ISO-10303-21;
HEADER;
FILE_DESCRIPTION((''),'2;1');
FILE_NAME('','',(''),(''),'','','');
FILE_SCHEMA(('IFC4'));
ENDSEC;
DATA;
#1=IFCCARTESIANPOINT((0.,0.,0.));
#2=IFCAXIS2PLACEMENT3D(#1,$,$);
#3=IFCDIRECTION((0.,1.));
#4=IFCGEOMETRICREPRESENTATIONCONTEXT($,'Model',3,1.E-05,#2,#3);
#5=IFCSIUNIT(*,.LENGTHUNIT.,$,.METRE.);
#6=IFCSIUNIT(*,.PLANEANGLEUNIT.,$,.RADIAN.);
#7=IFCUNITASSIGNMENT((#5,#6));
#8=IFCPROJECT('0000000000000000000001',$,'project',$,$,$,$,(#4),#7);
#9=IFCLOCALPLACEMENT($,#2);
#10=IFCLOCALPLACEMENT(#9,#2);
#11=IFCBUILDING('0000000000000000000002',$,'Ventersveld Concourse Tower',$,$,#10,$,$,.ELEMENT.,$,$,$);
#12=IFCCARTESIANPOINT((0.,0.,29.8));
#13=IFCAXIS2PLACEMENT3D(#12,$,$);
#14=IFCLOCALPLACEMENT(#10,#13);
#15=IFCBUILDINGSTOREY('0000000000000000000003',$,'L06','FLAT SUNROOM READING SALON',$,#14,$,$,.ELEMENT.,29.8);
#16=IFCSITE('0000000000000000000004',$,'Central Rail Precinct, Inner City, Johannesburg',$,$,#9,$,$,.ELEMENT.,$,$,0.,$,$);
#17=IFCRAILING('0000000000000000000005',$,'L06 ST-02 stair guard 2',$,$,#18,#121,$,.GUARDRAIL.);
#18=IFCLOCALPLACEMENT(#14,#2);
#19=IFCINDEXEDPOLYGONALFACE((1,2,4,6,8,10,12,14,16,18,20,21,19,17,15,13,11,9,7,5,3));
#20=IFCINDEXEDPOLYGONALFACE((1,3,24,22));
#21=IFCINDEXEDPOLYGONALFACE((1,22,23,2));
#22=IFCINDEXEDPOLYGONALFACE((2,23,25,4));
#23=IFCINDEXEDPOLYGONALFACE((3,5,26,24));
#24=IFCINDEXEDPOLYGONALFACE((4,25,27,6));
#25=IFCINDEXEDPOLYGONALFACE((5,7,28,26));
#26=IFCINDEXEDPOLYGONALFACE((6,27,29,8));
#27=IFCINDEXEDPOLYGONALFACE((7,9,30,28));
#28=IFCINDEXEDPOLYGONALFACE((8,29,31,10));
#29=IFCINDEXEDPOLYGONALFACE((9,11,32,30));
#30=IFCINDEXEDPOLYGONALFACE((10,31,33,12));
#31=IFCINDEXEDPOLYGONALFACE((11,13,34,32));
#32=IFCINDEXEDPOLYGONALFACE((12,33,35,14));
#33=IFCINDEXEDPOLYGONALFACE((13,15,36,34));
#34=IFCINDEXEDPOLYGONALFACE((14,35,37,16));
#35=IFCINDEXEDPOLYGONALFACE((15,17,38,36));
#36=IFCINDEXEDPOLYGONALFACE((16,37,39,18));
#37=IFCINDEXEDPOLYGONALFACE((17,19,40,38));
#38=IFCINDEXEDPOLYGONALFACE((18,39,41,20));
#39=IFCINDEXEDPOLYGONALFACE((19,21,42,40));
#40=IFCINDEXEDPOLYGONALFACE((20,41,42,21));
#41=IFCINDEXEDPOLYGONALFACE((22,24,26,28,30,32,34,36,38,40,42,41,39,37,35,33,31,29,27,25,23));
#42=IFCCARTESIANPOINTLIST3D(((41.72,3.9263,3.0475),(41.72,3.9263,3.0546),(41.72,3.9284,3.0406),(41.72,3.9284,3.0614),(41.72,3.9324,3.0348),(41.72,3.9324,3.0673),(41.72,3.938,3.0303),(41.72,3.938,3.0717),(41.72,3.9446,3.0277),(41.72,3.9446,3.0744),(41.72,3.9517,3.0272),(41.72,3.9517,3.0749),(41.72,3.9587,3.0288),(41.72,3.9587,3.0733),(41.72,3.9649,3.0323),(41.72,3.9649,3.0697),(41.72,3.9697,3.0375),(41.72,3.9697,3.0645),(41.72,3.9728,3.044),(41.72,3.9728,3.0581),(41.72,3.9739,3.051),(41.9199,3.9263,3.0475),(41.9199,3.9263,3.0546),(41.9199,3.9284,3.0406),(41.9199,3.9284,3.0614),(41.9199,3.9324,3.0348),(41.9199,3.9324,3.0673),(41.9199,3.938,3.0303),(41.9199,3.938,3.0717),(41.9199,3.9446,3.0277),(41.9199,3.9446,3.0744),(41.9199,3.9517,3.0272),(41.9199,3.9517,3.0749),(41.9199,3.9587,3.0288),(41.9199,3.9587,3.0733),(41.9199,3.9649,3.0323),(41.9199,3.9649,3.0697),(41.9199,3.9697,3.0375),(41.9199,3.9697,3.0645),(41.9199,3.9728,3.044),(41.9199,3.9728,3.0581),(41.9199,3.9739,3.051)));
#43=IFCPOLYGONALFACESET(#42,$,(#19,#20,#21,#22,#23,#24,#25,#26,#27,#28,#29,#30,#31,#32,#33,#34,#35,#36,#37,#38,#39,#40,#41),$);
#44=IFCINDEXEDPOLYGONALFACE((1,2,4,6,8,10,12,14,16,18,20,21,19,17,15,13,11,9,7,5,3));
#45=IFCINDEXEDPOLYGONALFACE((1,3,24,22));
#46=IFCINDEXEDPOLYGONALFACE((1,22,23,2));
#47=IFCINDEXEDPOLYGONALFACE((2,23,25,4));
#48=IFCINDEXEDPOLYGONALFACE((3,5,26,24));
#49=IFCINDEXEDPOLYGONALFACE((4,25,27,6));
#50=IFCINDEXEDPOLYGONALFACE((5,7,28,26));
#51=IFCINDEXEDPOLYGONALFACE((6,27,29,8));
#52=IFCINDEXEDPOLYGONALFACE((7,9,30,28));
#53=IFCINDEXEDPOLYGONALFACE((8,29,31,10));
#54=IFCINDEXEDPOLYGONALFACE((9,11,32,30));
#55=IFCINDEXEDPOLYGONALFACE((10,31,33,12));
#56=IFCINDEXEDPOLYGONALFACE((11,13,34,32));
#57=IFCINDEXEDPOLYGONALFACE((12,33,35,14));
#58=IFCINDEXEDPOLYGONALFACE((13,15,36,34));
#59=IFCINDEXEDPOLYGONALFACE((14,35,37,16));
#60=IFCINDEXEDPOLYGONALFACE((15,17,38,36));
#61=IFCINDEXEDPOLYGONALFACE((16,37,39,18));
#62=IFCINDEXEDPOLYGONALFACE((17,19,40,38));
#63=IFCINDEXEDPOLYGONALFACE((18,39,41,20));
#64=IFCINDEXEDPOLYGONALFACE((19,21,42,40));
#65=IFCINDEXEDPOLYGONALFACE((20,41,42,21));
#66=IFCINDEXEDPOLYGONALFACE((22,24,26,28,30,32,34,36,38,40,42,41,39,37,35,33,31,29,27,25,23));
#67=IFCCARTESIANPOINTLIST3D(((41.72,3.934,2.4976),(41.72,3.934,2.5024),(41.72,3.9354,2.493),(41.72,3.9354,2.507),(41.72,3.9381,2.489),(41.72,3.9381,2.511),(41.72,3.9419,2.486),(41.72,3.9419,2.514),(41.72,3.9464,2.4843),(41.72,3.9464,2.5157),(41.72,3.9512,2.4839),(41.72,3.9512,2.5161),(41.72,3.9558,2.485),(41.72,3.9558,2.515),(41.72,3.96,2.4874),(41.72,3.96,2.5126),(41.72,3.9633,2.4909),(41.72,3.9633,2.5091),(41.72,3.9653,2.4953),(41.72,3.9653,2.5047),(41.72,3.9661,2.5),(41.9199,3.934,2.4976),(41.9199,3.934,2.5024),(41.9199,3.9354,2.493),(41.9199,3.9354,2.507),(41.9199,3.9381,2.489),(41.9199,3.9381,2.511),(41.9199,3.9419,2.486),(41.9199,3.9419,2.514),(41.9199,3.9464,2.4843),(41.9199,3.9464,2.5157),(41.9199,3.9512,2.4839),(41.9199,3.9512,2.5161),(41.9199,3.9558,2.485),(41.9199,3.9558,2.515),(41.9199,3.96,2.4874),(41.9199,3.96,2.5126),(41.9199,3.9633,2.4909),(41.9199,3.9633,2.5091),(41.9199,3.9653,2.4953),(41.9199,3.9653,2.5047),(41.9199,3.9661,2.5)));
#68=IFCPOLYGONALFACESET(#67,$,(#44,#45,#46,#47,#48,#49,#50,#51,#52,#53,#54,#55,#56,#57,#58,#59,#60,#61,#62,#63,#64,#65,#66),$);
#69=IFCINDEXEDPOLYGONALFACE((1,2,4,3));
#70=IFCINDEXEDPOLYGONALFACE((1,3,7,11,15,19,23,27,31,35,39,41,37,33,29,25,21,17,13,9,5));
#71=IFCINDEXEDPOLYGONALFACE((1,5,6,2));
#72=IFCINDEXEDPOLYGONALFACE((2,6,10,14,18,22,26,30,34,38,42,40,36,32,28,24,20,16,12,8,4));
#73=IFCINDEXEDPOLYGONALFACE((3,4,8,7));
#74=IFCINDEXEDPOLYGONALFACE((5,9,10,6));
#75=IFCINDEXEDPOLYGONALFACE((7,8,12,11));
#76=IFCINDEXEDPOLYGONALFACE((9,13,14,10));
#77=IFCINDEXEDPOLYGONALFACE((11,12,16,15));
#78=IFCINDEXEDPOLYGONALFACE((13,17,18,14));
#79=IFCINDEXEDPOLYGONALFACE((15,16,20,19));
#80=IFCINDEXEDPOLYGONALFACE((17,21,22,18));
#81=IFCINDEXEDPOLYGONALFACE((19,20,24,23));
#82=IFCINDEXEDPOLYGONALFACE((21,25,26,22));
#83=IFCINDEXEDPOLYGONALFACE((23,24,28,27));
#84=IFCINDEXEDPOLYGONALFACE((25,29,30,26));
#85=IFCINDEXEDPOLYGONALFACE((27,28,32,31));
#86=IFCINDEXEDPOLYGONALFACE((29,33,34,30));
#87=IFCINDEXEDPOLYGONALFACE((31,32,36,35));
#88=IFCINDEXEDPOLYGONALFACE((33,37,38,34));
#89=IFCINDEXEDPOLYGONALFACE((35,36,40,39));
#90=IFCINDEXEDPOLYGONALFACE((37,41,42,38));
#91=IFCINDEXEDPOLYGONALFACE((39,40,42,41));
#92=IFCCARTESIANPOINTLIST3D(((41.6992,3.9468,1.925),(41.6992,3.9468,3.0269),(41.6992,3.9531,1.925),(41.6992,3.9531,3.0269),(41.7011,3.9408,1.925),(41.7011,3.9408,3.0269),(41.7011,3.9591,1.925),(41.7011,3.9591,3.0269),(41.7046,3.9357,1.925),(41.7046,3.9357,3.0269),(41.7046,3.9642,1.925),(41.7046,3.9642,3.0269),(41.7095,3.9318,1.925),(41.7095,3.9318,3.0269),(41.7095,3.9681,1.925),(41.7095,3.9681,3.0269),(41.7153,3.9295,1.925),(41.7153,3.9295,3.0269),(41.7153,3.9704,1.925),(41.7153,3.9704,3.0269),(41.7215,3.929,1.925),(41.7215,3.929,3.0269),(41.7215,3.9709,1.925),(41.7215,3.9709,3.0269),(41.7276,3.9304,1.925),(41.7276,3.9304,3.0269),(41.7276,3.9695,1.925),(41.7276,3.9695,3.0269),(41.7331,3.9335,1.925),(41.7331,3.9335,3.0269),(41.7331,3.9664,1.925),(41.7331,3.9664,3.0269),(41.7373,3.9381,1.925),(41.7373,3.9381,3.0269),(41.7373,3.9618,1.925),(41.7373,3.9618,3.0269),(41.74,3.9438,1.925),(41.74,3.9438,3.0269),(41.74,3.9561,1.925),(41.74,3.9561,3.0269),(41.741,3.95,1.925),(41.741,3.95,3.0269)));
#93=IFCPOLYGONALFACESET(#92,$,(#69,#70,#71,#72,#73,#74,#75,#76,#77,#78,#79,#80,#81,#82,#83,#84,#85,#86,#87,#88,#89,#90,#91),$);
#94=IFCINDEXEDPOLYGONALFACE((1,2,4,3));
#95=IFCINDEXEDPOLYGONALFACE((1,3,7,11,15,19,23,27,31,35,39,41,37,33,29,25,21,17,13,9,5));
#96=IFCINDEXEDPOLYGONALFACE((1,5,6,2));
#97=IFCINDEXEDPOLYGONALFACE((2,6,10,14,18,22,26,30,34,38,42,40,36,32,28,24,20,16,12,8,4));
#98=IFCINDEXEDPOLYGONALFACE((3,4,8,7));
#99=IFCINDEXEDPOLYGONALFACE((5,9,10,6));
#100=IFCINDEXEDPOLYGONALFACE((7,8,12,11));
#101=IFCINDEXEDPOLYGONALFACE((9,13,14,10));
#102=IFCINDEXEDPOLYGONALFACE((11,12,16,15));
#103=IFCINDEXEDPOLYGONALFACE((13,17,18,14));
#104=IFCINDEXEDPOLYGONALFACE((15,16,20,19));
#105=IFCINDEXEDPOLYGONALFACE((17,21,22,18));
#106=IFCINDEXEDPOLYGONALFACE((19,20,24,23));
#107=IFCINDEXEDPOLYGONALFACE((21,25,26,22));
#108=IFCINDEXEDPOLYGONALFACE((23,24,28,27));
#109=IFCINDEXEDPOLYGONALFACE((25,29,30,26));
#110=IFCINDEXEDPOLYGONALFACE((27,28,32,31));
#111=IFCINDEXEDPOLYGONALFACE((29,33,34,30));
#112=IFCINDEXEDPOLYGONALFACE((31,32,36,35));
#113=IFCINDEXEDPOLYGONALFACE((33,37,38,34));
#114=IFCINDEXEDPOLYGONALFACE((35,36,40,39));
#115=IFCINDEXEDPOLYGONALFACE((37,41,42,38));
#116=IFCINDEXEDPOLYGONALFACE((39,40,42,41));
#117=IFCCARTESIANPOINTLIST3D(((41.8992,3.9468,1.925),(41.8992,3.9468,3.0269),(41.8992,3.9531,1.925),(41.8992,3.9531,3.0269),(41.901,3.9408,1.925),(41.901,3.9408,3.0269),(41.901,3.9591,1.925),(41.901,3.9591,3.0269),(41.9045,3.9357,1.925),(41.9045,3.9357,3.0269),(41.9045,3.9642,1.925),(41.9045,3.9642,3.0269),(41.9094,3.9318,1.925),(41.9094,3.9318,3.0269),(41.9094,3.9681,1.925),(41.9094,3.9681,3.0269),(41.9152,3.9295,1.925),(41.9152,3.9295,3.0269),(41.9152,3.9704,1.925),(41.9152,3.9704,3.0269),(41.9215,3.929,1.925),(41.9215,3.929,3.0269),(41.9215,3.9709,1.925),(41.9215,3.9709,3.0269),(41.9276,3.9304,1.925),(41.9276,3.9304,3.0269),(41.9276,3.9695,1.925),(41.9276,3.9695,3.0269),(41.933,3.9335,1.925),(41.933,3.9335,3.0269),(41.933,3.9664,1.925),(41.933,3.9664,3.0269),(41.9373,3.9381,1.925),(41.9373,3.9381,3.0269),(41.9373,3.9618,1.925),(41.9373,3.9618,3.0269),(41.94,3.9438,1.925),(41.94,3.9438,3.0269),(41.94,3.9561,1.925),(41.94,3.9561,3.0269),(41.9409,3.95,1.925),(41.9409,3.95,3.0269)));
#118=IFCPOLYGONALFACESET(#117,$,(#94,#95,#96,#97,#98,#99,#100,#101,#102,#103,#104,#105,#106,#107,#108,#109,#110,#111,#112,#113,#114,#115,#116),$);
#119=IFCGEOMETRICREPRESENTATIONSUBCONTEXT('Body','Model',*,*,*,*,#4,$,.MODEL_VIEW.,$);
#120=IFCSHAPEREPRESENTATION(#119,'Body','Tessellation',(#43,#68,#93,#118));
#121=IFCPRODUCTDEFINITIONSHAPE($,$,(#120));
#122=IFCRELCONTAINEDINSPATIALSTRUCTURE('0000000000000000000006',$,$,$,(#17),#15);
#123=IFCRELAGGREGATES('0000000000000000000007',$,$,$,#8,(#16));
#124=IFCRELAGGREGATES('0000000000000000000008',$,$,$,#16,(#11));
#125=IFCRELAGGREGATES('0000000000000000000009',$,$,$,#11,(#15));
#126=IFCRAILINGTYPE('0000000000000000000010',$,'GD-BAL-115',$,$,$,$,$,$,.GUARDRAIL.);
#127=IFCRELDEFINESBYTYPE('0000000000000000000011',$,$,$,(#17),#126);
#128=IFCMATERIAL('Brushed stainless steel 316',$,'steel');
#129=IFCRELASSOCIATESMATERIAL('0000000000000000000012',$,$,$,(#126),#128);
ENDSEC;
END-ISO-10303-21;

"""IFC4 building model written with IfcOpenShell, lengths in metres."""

from ifc_helpers import new_model, si_unit, direction, frame, origin, origin_2d, place, context, subcontext, project, spatial, circle, extrude, material, type_object, element, save


model = new_model("IFC4")

# Units and contexts
model_context = context("Model", 3, precision=1e-05, world=origin(), true_north=direction((0.0, 1.0)))
body_context = subcontext(model_context, "Body", "Model", "MODEL_VIEW")
ifc_project = project(units=[si_unit("LENGTHUNIT", "METRE"), si_unit("PLANEANGLEUNIT", "RADIAN")], contexts=[model_context])

# Site, building, storey
site_placement = place(None, origin())
site = spatial("IfcSite", under=ifc_project, at=site_placement, Name="Central Rail Precinct, Inner City, Johannesburg", CompositionType="ELEMENT", RefElevation=0.0)
building_placement = place(site_placement, origin())
building = spatial("IfcBuilding", under=site, at=building_placement, Name="Ventersveld Concourse Tower", CompositionType="ELEMENT")
storey_placement = place(building_placement, frame((0.0, 0.0, 29.8)))
storey = spatial("IfcBuildingStorey", under=building, at=storey_placement, Name="L06", Description="FLAT SUNROOM READING SALON", CompositionType="ELEMENT", Elevation=29.8)

# Railing
ifc_material_1 = material(Name="Brushed stainless steel 316", Category="steel")
railing_type_1 = type_object("IfcRailingType", Name="GD-BAL-115", PredefinedType="GUARDRAIL", material=ifc_material_1)
railing_1_placement = place(storey_placement, frame((41.72, 3.95, 1.925)))
element("IfcRailing", 1, at=railing_1_placement, inside=storey, type_object=railing_type_1, Name="L06 ST-02 stair guard 2", PredefinedType="GUARDRAIL", context=body_context, shape_type="SweptSolid", body=[
    extrude(circle(Radius=0.0239, at=origin_2d()), frame((0.0, 0.0, 1.126), z_axis=(1.0, 0.0, 0.0), x_axis=(0.0, 1.0, 0.0)), (0.0, 0.0, 1.0), 0.2),
    extrude(circle(Radius=0.0161, at=origin_2d()), frame((0.0, 0.0, 0.575), z_axis=(1.0, 0.0, 0.0), x_axis=(0.0, 1.0, 0.0)), (0.0, 0.0, 1.0), 0.2),
    extrude(circle(Radius=0.021, at=origin_2d()), origin(), (0.0, 0.0, 1.0), 1.1018),
    extrude(circle(Radius=0.021, at=origin_2d()), frame((0.2, 0.0, 0.0)), (0.0, 0.0, 1.0), 1.1018),
])

save(model, "model.ifc")
